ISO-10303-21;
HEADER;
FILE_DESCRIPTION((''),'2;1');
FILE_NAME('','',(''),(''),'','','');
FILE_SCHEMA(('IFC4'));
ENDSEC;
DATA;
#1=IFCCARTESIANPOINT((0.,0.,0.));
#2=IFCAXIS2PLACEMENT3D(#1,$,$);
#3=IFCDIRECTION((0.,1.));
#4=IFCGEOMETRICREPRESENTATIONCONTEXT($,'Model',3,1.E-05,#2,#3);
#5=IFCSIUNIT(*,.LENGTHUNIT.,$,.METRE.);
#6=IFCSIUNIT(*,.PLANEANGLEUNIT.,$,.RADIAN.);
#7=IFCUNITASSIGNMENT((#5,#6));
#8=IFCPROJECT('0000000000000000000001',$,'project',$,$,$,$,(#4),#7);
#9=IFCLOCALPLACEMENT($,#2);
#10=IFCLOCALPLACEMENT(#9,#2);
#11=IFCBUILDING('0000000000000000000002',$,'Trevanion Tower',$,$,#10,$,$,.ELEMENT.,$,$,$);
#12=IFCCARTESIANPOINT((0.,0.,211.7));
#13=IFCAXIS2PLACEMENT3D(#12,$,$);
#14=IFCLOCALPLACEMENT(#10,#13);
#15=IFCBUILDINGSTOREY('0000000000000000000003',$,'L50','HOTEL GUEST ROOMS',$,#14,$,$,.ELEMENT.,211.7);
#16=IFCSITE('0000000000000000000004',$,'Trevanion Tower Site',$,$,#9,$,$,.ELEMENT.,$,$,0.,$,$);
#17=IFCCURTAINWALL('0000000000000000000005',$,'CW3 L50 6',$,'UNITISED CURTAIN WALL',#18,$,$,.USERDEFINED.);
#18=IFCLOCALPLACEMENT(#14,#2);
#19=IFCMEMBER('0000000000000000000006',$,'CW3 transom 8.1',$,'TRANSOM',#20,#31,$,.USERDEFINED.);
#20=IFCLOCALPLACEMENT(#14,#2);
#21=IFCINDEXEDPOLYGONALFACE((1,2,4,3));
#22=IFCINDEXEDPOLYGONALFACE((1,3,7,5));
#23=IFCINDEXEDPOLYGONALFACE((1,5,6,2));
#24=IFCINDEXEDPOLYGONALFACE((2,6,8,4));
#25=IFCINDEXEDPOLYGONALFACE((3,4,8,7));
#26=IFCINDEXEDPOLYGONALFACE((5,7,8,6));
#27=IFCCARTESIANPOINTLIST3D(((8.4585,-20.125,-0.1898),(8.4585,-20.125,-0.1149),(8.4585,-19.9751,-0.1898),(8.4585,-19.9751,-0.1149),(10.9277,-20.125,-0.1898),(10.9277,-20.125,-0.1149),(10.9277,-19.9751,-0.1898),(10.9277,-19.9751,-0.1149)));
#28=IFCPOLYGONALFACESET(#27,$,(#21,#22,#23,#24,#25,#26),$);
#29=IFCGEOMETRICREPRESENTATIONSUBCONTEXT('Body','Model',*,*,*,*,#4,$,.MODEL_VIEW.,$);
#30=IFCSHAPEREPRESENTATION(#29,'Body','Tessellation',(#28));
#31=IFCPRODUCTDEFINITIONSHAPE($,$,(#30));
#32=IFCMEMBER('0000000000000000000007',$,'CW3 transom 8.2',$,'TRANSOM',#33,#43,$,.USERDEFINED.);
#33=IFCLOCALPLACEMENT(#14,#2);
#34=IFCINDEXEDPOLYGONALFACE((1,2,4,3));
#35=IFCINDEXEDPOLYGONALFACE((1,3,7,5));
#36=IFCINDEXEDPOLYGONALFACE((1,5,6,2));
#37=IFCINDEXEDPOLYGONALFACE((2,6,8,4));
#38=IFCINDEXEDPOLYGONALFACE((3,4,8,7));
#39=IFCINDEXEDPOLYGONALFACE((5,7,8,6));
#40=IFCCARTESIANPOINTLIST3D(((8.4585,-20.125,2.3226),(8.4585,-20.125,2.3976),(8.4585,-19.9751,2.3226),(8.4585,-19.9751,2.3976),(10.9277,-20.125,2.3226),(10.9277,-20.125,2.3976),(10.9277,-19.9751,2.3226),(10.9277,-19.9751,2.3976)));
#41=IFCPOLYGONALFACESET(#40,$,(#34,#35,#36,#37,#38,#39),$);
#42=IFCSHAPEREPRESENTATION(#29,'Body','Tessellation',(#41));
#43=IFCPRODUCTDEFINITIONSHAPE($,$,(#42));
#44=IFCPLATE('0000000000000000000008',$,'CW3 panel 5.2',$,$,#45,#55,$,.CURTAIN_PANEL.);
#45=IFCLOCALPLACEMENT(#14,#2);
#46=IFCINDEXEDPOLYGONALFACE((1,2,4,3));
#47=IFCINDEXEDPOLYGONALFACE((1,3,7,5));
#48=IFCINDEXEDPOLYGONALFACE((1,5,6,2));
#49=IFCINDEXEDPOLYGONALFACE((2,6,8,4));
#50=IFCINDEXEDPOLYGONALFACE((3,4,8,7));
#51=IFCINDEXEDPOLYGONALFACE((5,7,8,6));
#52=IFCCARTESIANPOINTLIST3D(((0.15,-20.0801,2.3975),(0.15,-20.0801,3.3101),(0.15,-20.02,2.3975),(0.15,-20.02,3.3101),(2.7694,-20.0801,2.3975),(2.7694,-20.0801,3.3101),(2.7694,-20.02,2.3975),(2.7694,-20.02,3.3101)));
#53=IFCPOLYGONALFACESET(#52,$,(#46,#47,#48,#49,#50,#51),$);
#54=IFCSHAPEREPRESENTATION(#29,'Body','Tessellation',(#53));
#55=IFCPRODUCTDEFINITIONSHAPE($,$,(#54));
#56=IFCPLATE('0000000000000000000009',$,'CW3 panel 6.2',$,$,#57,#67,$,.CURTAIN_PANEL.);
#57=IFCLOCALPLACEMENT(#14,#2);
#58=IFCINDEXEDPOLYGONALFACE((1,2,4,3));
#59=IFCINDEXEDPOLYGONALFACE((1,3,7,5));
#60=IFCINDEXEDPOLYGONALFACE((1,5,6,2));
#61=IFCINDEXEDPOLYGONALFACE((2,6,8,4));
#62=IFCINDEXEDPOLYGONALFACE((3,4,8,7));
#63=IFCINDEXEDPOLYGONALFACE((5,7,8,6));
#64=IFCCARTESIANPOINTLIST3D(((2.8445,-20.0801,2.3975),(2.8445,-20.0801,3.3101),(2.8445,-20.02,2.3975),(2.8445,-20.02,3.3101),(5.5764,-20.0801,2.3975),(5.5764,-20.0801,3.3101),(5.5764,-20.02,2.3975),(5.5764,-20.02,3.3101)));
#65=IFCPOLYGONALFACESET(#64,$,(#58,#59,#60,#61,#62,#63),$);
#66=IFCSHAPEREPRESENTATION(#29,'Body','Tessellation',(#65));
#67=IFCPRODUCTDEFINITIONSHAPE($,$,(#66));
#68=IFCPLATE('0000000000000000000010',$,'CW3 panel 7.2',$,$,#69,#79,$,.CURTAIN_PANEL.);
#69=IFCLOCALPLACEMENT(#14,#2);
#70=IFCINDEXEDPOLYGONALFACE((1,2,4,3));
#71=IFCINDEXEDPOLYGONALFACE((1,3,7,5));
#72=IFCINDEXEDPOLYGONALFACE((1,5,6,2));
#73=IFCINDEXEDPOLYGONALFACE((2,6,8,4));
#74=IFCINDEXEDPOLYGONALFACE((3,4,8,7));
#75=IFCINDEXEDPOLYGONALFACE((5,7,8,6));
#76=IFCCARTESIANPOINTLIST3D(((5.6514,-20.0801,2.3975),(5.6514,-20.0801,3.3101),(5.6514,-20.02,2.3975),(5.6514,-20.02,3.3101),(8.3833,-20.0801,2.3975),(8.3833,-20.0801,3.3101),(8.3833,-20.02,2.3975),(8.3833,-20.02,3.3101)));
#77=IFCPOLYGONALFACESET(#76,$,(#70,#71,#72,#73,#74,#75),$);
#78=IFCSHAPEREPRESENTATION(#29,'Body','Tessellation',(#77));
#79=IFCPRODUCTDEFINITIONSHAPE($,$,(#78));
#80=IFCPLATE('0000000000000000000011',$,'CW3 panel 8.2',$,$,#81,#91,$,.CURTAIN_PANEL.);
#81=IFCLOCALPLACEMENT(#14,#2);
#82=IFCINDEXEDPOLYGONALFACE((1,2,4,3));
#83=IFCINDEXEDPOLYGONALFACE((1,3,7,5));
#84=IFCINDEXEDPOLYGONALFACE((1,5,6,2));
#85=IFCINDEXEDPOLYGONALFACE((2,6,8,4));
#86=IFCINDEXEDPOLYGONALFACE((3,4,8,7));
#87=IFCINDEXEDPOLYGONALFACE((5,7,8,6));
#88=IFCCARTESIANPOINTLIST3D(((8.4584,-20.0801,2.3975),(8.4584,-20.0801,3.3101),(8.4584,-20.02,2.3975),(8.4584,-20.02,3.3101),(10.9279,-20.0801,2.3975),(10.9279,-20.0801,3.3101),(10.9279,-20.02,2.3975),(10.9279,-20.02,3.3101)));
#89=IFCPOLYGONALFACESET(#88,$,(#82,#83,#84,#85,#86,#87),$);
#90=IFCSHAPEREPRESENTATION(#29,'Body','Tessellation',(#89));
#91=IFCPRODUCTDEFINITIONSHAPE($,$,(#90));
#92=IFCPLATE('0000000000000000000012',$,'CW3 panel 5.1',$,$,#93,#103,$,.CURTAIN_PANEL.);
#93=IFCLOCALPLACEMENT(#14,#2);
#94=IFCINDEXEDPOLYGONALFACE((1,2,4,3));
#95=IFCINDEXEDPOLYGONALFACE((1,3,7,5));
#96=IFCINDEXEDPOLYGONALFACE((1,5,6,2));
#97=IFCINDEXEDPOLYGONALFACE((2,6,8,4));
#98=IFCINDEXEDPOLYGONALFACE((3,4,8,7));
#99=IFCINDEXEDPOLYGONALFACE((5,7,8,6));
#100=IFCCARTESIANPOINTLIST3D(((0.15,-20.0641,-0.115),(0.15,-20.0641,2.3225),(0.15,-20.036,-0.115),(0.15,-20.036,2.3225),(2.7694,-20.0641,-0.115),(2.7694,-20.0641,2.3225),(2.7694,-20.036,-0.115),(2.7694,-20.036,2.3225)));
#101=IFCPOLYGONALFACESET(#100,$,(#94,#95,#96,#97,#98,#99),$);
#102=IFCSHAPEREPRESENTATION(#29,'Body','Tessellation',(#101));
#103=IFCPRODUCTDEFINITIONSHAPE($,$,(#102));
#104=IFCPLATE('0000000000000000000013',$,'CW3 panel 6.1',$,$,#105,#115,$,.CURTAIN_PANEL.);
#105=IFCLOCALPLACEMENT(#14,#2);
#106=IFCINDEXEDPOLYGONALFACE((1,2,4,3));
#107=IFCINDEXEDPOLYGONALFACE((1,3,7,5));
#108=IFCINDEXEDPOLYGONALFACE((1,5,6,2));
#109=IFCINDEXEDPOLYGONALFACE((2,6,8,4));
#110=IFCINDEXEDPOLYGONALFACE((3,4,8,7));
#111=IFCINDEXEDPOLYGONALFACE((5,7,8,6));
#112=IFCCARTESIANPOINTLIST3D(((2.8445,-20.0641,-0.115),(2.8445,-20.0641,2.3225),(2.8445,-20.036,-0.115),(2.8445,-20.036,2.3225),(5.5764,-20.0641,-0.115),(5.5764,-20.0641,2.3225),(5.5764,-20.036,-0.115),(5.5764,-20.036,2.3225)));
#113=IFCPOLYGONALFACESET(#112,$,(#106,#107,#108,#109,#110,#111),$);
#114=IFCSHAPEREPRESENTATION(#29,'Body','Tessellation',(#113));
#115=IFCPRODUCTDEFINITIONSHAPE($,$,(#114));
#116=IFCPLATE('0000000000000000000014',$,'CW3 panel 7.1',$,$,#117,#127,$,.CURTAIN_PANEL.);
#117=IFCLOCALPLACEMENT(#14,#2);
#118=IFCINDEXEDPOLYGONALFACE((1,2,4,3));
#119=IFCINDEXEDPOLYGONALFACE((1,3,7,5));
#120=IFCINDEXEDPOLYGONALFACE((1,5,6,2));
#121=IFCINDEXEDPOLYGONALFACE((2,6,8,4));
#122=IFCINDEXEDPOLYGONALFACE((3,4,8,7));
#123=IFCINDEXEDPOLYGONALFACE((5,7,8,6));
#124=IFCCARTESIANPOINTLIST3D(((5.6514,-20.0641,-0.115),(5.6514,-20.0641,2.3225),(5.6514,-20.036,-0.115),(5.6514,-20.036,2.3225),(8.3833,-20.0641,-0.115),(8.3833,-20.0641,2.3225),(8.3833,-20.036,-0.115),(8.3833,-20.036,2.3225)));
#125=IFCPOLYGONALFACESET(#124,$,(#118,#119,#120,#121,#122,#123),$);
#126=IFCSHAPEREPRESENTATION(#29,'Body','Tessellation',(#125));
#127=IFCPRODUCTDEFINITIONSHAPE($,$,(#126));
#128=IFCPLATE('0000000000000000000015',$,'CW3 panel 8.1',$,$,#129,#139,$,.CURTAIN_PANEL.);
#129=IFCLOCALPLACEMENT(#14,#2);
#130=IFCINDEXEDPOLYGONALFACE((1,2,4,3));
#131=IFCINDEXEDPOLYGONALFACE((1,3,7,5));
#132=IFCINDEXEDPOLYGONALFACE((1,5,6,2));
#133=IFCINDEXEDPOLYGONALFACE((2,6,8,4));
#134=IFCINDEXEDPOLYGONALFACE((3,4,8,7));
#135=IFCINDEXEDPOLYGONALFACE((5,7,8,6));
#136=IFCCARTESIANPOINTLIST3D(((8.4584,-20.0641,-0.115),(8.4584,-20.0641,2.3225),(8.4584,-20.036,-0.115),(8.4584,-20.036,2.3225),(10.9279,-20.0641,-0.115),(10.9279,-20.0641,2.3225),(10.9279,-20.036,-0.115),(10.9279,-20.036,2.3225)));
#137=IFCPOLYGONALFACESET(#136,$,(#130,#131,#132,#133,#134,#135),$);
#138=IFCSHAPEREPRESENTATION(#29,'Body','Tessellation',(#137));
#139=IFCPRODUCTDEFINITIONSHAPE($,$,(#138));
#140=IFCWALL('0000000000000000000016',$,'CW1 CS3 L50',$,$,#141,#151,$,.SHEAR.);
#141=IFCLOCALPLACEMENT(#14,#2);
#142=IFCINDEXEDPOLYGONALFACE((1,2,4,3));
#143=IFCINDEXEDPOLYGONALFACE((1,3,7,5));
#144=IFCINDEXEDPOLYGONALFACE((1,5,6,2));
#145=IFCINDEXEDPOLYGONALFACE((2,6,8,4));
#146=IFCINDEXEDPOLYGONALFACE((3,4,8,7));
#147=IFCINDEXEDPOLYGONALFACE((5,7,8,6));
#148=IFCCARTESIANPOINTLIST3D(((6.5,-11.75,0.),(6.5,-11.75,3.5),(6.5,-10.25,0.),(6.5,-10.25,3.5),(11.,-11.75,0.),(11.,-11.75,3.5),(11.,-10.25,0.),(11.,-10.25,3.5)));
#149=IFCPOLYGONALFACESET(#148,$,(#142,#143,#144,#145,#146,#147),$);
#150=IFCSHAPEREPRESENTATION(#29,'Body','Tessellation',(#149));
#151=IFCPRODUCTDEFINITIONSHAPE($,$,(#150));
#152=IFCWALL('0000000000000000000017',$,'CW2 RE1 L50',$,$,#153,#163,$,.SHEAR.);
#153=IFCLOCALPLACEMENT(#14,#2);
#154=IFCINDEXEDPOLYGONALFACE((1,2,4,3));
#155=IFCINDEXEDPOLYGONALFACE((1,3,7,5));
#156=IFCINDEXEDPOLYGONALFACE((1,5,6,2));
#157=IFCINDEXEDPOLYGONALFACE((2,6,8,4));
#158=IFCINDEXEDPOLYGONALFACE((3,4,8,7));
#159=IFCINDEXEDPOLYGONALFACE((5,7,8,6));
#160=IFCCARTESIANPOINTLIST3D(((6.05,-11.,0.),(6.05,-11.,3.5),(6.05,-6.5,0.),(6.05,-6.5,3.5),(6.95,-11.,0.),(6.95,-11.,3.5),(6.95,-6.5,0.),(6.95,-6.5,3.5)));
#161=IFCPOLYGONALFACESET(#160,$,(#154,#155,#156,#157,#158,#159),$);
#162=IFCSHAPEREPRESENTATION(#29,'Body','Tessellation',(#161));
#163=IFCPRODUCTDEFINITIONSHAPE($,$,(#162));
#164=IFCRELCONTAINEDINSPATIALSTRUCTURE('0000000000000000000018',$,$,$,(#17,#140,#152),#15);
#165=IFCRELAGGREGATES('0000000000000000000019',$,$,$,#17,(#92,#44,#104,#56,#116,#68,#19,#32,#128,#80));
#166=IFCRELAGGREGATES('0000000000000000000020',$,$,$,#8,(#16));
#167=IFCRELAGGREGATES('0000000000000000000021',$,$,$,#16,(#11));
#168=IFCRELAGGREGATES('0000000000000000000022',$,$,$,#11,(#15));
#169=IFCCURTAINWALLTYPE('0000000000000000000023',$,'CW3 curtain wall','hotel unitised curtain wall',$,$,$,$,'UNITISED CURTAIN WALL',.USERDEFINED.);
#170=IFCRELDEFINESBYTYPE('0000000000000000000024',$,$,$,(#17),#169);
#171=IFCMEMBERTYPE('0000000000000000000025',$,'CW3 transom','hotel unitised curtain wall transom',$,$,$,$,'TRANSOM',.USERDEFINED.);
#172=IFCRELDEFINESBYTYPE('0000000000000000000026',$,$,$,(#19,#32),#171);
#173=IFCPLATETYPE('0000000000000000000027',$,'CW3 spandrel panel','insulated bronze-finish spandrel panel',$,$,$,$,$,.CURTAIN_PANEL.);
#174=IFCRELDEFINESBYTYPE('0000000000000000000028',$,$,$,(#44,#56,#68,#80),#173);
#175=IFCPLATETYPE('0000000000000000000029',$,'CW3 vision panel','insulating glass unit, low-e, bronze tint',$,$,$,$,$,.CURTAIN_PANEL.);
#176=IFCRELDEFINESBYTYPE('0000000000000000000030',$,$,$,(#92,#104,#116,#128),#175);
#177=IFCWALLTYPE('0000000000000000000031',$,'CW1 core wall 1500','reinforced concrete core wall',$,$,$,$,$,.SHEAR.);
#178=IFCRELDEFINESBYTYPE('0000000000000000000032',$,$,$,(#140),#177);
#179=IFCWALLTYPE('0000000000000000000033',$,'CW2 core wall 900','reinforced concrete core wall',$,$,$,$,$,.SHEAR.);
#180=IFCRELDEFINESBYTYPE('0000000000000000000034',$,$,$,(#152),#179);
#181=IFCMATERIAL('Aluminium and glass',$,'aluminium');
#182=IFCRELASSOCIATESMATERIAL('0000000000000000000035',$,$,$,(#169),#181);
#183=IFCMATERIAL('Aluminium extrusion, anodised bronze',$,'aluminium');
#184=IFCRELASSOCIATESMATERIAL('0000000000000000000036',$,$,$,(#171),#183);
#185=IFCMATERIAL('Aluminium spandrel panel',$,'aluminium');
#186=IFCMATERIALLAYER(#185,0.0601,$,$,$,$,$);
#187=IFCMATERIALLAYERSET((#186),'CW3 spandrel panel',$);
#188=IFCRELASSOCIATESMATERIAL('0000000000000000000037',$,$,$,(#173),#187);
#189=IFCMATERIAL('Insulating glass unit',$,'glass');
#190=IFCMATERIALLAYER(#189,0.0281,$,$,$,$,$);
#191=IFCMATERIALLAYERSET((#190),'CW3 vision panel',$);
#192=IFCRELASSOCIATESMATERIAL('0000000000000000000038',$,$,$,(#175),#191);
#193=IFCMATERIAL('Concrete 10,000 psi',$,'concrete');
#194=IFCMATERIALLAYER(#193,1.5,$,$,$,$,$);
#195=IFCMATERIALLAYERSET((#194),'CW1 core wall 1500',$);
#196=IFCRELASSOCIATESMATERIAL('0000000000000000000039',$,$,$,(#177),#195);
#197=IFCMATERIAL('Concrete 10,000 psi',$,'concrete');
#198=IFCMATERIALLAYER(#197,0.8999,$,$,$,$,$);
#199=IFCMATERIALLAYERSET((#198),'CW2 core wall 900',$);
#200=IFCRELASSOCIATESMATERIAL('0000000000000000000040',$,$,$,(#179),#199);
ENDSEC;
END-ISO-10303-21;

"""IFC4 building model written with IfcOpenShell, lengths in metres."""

from ifc_helpers import new_model, si_unit, direction, frame, frame_2d, origin, origin_2d, place, context, subcontext, project, spatial, rectangle, extrude, material, layer, layer_set, material_profile, profile_set, type_object, element, aggregate, save


model = new_model("IFC4")

# Units and contexts
model_context = context("Model", 3, precision=1e-05, world=origin(), true_north=direction((0.0, 1.0)))
body_context = subcontext(model_context, "Body", "Model", "MODEL_VIEW")
ifc_project = project(units=[si_unit("LENGTHUNIT", "METRE"), si_unit("PLANEANGLEUNIT", "RADIAN")], contexts=[model_context])

# Site, building, storey
site_placement = place(None, origin())
site = spatial("IfcSite", under=ifc_project, at=site_placement, Name="Trevanion Tower Site", CompositionType="ELEMENT", RefElevation=0.0)
building_placement = place(site_placement, origin())
building = spatial("IfcBuilding", under=site, at=building_placement, Name="Trevanion Tower", CompositionType="ELEMENT")
storey_placement = place(building_placement, frame((0.0, 0.0, 211.7)))
storey = spatial("IfcBuildingStorey", under=building, at=storey_placement, Name="L50", Description="HOTEL GUEST ROOMS", CompositionType="ELEMENT", Elevation=211.7)

# Curtain wall, members, plates
ifc_material_1 = material(Name="Aluminium and glass", Category="aluminium")
curtain_wall_type = type_object("IfcCurtainWallType", Name="CW3 curtain wall", Description="hotel unitised curtain wall", ElementType="UNITISED CURTAIN WALL", PredefinedType="USERDEFINED", material=ifc_material_1)
curtain_wall_placement = place(storey_placement, origin())
curtain_wall = element("IfcCurtainWall", 1, at=curtain_wall_placement, inside=storey, type_object=curtain_wall_type, Name="CW3 L50 6", ObjectType="UNITISED CURTAIN WALL", PredefinedType="USERDEFINED")
ifc_material_2 = material(Name="Aluminium extrusion, anodised bronze", Category="aluminium")
ifc_material_profile_1 = material_profile(ifc_material_2, rectangle(XDim=0.1499, YDim=0.075, at=origin_2d()), Name="CW3 transom")
ifc_profile_set_1 = profile_set([ifc_material_profile_1], Name="Aluminium extrusion, anodised bronze")
member_type_1 = type_object("IfcMemberType", Name="CW3 transom", Description="hotel unitised curtain wall transom", ElementType="TRANSOM", PredefinedType="USERDEFINED", material=ifc_profile_set_1)
member_1_placement = place(storey_placement, frame((8.4585, -20.05, -0.1523), z_axis=(1.0, 0.0, 0.0), x_axis=(0.0, 1.0, 0.0)))
member_1 = element("IfcMember", 2, at=member_1_placement, type_object=member_type_1, Name="CW3 transom 8.1", ObjectType="TRANSOM", PredefinedType="USERDEFINED", context=body_context, shape_type="SweptSolid", body=[
    extrude(rectangle(XDim=0.1499, YDim=0.075, at=origin_2d()), origin(), (0.0, 0.0, 1.0), 2.4692),
])
member_2_placement = place(storey_placement, frame((8.4585, -20.05, 2.3601), z_axis=(1.0, 0.0, 0.0), x_axis=(0.0, 1.0, 0.0)))
member_2 = element("IfcMember", 3, at=member_2_placement, type_object=member_type_1, Name="CW3 transom 8.2", ObjectType="TRANSOM", PredefinedType="USERDEFINED", context=body_context, shape_type="SweptSolid", body=[
    extrude(rectangle(XDim=0.1499, YDim=0.075, at=origin_2d()), origin(), (0.0, 0.0, 1.0), 2.4692),
])
ifc_material_3 = material(Name="Aluminium spandrel panel", Category="aluminium")
ifc_layer_1 = layer(ifc_material_3, 0.0601)
ifc_layer_set_1 = layer_set([ifc_layer_1], Name="CW3 spandrel panel")
plate_type_1 = type_object("IfcPlateType", Name="CW3 spandrel panel", Description="insulated bronze-finish spandrel panel", PredefinedType="CURTAIN_PANEL", material=ifc_layer_set_1)
plate_1_placement = place(storey_placement, frame((1.4597, -20.05, 2.3975), z_axis=(0.0, 0.0, 1.0), x_axis=(1.0, 0.0, 0.0)))
plate_1 = element("IfcPlate", 4, at=plate_1_placement, type_object=plate_type_1, Name="CW3 panel 5.2", PredefinedType="CURTAIN_PANEL", context=body_context, shape_type="SweptSolid", body=[
    extrude(rectangle(XDim=2.6194, YDim=0.0601, at=origin_2d()), origin(), (0.0, 0.0, 1.0), 0.9126),
])
plate_2_placement = place(storey_placement, frame((4.2104, -20.05, 2.3975), z_axis=(0.0, 0.0, 1.0), x_axis=(1.0, 0.0, 0.0)))
plate_2 = element("IfcPlate", 5, at=plate_2_placement, type_object=plate_type_1, Name="CW3 panel 6.2", PredefinedType="CURTAIN_PANEL", context=body_context, shape_type="SweptSolid", body=[
    extrude(rectangle(XDim=2.7319, YDim=0.0601, at=origin_2d()), origin(), (0.0, 0.0, 1.0), 0.9126),
])
plate_3_placement = place(storey_placement, frame((7.0173, -20.05, 2.3975), z_axis=(0.0, 0.0, 1.0), x_axis=(1.0, 0.0, 0.0)))
plate_3 = element("IfcPlate", 6, at=plate_3_placement, type_object=plate_type_1, Name="CW3 panel 7.2", PredefinedType="CURTAIN_PANEL", context=body_context, shape_type="SweptSolid", body=[
    extrude(rectangle(XDim=2.7319, YDim=0.0601, at=origin_2d()), origin(), (0.0, 0.0, 1.0), 0.9126),
])
plate_4_placement = place(storey_placement, frame((9.6931, -20.05, 2.3975), z_axis=(0.0, 0.0, 1.0), x_axis=(1.0, 0.0, 0.0)))
plate_4 = element("IfcPlate", 7, at=plate_4_placement, type_object=plate_type_1, Name="CW3 panel 8.2", PredefinedType="CURTAIN_PANEL", context=body_context, shape_type="SweptSolid", body=[
    extrude(rectangle(XDim=2.4695, YDim=0.0601, at=origin_2d()), origin(), (0.0, 0.0, 1.0), 0.9126),
])
ifc_material_4 = material(Name="Insulating glass unit", Category="glass")
ifc_layer_2 = layer(ifc_material_4, 0.0281)
ifc_layer_set_2 = layer_set([ifc_layer_2], Name="CW3 vision panel")
plate_type_2 = type_object("IfcPlateType", Name="CW3 vision panel", Description="insulating glass unit, low-e, bronze tint", PredefinedType="CURTAIN_PANEL", material=ifc_layer_set_2)
plate_5_placement = place(storey_placement, frame((1.4597, -20.05, -0.115), z_axis=(0.0, 0.0, 1.0), x_axis=(1.0, 0.0, 0.0)))
plate_5 = element("IfcPlate", 8, at=plate_5_placement, type_object=plate_type_2, Name="CW3 panel 5.1", PredefinedType="CURTAIN_PANEL", context=body_context, shape_type="SweptSolid", body=[
    extrude(rectangle(XDim=2.6194, YDim=0.0281, at=origin_2d()), origin(), (0.0, 0.0, 1.0), 2.4375),
])
plate_6_placement = place(storey_placement, frame((4.2104, -20.05, -0.115), z_axis=(0.0, 0.0, 1.0), x_axis=(1.0, 0.0, 0.0)))
plate_6 = element("IfcPlate", 9, at=plate_6_placement, type_object=plate_type_2, Name="CW3 panel 6.1", PredefinedType="CURTAIN_PANEL", context=body_context, shape_type="SweptSolid", body=[
    extrude(rectangle(XDim=2.7319, YDim=0.0281, at=origin_2d()), origin(), (0.0, 0.0, 1.0), 2.4375),
])
plate_7_placement = place(storey_placement, frame((7.0173, -20.05, -0.115), z_axis=(0.0, 0.0, 1.0), x_axis=(1.0, 0.0, 0.0)))
plate_7 = element("IfcPlate", 10, at=plate_7_placement, type_object=plate_type_2, Name="CW3 panel 7.1", PredefinedType="CURTAIN_PANEL", context=body_context, shape_type="SweptSolid", body=[
    extrude(rectangle(XDim=2.7319, YDim=0.0281, at=origin_2d()), origin(), (0.0, 0.0, 1.0), 2.4375),
])
plate_8_placement = place(storey_placement, frame((9.6931, -20.05, -0.115), z_axis=(0.0, 0.0, 1.0), x_axis=(1.0, 0.0, 0.0)))
plate_8 = element("IfcPlate", 11, at=plate_8_placement, type_object=plate_type_2, Name="CW3 panel 8.1", PredefinedType="CURTAIN_PANEL", context=body_context, shape_type="SweptSolid", body=[
    extrude(rectangle(XDim=2.4695, YDim=0.0281, at=origin_2d()), origin(), (0.0, 0.0, 1.0), 2.4375),
])
aggregate(curtain_wall, [plate_5, plate_1, plate_6, plate_2, plate_7, plate_3, member_1, member_2, plate_8, plate_4])

# Walls
ifc_material_5 = material(Name="Concrete 10,000 psi", Category="concrete")
ifc_layer_3 = layer(ifc_material_5, 1.5)
ifc_layer_set_3 = layer_set([ifc_layer_3], Name="CW1 core wall 1500")
wall_type_1 = type_object("IfcWallType", Name="CW1 core wall 1500", Description="reinforced concrete core wall", PredefinedType="SHEAR", material=ifc_layer_set_3)
wall_1_placement = place(storey_placement, frame((6.5, -11.0, 0.0), z_axis=(0.0, 0.0, 1.0), x_axis=(1.0, 0.0, 0.0)))
element("IfcWall", 12, at=wall_1_placement, inside=storey, type_object=wall_type_1, Name="CW1 CS3 L50", PredefinedType="SHEAR", context=body_context, shape_type="SweptSolid", body=[
    extrude(rectangle(XDim=4.5, YDim=1.5, at=frame_2d((2.25, 0.0))), origin(), (0.0, 0.0, 1.0), 3.5),
])
ifc_material_6 = material(Name="Concrete 10,000 psi", Category="concrete")
ifc_layer_4 = layer(ifc_material_6, 0.8999)
ifc_layer_set_4 = layer_set([ifc_layer_4], Name="CW2 core wall 900")
wall_type_2 = type_object("IfcWallType", Name="CW2 core wall 900", Description="reinforced concrete core wall", PredefinedType="SHEAR", material=ifc_layer_set_4)
wall_2_placement = place(storey_placement, frame((6.5, -11.0, 0.0), z_axis=(0.0, 0.0, 1.0), x_axis=(0.0, 1.0, 0.0)))
element("IfcWall", 13, at=wall_2_placement, inside=storey, type_object=wall_type_2, Name="CW2 RE1 L50", PredefinedType="SHEAR", context=body_context, shape_type="SweptSolid", body=[
    extrude(rectangle(XDim=4.5, YDim=0.8999, at=frame_2d((2.25, 0.0))), origin(), (0.0, 0.0, 1.0), 3.5),
])

save(model, "model.ifc")
